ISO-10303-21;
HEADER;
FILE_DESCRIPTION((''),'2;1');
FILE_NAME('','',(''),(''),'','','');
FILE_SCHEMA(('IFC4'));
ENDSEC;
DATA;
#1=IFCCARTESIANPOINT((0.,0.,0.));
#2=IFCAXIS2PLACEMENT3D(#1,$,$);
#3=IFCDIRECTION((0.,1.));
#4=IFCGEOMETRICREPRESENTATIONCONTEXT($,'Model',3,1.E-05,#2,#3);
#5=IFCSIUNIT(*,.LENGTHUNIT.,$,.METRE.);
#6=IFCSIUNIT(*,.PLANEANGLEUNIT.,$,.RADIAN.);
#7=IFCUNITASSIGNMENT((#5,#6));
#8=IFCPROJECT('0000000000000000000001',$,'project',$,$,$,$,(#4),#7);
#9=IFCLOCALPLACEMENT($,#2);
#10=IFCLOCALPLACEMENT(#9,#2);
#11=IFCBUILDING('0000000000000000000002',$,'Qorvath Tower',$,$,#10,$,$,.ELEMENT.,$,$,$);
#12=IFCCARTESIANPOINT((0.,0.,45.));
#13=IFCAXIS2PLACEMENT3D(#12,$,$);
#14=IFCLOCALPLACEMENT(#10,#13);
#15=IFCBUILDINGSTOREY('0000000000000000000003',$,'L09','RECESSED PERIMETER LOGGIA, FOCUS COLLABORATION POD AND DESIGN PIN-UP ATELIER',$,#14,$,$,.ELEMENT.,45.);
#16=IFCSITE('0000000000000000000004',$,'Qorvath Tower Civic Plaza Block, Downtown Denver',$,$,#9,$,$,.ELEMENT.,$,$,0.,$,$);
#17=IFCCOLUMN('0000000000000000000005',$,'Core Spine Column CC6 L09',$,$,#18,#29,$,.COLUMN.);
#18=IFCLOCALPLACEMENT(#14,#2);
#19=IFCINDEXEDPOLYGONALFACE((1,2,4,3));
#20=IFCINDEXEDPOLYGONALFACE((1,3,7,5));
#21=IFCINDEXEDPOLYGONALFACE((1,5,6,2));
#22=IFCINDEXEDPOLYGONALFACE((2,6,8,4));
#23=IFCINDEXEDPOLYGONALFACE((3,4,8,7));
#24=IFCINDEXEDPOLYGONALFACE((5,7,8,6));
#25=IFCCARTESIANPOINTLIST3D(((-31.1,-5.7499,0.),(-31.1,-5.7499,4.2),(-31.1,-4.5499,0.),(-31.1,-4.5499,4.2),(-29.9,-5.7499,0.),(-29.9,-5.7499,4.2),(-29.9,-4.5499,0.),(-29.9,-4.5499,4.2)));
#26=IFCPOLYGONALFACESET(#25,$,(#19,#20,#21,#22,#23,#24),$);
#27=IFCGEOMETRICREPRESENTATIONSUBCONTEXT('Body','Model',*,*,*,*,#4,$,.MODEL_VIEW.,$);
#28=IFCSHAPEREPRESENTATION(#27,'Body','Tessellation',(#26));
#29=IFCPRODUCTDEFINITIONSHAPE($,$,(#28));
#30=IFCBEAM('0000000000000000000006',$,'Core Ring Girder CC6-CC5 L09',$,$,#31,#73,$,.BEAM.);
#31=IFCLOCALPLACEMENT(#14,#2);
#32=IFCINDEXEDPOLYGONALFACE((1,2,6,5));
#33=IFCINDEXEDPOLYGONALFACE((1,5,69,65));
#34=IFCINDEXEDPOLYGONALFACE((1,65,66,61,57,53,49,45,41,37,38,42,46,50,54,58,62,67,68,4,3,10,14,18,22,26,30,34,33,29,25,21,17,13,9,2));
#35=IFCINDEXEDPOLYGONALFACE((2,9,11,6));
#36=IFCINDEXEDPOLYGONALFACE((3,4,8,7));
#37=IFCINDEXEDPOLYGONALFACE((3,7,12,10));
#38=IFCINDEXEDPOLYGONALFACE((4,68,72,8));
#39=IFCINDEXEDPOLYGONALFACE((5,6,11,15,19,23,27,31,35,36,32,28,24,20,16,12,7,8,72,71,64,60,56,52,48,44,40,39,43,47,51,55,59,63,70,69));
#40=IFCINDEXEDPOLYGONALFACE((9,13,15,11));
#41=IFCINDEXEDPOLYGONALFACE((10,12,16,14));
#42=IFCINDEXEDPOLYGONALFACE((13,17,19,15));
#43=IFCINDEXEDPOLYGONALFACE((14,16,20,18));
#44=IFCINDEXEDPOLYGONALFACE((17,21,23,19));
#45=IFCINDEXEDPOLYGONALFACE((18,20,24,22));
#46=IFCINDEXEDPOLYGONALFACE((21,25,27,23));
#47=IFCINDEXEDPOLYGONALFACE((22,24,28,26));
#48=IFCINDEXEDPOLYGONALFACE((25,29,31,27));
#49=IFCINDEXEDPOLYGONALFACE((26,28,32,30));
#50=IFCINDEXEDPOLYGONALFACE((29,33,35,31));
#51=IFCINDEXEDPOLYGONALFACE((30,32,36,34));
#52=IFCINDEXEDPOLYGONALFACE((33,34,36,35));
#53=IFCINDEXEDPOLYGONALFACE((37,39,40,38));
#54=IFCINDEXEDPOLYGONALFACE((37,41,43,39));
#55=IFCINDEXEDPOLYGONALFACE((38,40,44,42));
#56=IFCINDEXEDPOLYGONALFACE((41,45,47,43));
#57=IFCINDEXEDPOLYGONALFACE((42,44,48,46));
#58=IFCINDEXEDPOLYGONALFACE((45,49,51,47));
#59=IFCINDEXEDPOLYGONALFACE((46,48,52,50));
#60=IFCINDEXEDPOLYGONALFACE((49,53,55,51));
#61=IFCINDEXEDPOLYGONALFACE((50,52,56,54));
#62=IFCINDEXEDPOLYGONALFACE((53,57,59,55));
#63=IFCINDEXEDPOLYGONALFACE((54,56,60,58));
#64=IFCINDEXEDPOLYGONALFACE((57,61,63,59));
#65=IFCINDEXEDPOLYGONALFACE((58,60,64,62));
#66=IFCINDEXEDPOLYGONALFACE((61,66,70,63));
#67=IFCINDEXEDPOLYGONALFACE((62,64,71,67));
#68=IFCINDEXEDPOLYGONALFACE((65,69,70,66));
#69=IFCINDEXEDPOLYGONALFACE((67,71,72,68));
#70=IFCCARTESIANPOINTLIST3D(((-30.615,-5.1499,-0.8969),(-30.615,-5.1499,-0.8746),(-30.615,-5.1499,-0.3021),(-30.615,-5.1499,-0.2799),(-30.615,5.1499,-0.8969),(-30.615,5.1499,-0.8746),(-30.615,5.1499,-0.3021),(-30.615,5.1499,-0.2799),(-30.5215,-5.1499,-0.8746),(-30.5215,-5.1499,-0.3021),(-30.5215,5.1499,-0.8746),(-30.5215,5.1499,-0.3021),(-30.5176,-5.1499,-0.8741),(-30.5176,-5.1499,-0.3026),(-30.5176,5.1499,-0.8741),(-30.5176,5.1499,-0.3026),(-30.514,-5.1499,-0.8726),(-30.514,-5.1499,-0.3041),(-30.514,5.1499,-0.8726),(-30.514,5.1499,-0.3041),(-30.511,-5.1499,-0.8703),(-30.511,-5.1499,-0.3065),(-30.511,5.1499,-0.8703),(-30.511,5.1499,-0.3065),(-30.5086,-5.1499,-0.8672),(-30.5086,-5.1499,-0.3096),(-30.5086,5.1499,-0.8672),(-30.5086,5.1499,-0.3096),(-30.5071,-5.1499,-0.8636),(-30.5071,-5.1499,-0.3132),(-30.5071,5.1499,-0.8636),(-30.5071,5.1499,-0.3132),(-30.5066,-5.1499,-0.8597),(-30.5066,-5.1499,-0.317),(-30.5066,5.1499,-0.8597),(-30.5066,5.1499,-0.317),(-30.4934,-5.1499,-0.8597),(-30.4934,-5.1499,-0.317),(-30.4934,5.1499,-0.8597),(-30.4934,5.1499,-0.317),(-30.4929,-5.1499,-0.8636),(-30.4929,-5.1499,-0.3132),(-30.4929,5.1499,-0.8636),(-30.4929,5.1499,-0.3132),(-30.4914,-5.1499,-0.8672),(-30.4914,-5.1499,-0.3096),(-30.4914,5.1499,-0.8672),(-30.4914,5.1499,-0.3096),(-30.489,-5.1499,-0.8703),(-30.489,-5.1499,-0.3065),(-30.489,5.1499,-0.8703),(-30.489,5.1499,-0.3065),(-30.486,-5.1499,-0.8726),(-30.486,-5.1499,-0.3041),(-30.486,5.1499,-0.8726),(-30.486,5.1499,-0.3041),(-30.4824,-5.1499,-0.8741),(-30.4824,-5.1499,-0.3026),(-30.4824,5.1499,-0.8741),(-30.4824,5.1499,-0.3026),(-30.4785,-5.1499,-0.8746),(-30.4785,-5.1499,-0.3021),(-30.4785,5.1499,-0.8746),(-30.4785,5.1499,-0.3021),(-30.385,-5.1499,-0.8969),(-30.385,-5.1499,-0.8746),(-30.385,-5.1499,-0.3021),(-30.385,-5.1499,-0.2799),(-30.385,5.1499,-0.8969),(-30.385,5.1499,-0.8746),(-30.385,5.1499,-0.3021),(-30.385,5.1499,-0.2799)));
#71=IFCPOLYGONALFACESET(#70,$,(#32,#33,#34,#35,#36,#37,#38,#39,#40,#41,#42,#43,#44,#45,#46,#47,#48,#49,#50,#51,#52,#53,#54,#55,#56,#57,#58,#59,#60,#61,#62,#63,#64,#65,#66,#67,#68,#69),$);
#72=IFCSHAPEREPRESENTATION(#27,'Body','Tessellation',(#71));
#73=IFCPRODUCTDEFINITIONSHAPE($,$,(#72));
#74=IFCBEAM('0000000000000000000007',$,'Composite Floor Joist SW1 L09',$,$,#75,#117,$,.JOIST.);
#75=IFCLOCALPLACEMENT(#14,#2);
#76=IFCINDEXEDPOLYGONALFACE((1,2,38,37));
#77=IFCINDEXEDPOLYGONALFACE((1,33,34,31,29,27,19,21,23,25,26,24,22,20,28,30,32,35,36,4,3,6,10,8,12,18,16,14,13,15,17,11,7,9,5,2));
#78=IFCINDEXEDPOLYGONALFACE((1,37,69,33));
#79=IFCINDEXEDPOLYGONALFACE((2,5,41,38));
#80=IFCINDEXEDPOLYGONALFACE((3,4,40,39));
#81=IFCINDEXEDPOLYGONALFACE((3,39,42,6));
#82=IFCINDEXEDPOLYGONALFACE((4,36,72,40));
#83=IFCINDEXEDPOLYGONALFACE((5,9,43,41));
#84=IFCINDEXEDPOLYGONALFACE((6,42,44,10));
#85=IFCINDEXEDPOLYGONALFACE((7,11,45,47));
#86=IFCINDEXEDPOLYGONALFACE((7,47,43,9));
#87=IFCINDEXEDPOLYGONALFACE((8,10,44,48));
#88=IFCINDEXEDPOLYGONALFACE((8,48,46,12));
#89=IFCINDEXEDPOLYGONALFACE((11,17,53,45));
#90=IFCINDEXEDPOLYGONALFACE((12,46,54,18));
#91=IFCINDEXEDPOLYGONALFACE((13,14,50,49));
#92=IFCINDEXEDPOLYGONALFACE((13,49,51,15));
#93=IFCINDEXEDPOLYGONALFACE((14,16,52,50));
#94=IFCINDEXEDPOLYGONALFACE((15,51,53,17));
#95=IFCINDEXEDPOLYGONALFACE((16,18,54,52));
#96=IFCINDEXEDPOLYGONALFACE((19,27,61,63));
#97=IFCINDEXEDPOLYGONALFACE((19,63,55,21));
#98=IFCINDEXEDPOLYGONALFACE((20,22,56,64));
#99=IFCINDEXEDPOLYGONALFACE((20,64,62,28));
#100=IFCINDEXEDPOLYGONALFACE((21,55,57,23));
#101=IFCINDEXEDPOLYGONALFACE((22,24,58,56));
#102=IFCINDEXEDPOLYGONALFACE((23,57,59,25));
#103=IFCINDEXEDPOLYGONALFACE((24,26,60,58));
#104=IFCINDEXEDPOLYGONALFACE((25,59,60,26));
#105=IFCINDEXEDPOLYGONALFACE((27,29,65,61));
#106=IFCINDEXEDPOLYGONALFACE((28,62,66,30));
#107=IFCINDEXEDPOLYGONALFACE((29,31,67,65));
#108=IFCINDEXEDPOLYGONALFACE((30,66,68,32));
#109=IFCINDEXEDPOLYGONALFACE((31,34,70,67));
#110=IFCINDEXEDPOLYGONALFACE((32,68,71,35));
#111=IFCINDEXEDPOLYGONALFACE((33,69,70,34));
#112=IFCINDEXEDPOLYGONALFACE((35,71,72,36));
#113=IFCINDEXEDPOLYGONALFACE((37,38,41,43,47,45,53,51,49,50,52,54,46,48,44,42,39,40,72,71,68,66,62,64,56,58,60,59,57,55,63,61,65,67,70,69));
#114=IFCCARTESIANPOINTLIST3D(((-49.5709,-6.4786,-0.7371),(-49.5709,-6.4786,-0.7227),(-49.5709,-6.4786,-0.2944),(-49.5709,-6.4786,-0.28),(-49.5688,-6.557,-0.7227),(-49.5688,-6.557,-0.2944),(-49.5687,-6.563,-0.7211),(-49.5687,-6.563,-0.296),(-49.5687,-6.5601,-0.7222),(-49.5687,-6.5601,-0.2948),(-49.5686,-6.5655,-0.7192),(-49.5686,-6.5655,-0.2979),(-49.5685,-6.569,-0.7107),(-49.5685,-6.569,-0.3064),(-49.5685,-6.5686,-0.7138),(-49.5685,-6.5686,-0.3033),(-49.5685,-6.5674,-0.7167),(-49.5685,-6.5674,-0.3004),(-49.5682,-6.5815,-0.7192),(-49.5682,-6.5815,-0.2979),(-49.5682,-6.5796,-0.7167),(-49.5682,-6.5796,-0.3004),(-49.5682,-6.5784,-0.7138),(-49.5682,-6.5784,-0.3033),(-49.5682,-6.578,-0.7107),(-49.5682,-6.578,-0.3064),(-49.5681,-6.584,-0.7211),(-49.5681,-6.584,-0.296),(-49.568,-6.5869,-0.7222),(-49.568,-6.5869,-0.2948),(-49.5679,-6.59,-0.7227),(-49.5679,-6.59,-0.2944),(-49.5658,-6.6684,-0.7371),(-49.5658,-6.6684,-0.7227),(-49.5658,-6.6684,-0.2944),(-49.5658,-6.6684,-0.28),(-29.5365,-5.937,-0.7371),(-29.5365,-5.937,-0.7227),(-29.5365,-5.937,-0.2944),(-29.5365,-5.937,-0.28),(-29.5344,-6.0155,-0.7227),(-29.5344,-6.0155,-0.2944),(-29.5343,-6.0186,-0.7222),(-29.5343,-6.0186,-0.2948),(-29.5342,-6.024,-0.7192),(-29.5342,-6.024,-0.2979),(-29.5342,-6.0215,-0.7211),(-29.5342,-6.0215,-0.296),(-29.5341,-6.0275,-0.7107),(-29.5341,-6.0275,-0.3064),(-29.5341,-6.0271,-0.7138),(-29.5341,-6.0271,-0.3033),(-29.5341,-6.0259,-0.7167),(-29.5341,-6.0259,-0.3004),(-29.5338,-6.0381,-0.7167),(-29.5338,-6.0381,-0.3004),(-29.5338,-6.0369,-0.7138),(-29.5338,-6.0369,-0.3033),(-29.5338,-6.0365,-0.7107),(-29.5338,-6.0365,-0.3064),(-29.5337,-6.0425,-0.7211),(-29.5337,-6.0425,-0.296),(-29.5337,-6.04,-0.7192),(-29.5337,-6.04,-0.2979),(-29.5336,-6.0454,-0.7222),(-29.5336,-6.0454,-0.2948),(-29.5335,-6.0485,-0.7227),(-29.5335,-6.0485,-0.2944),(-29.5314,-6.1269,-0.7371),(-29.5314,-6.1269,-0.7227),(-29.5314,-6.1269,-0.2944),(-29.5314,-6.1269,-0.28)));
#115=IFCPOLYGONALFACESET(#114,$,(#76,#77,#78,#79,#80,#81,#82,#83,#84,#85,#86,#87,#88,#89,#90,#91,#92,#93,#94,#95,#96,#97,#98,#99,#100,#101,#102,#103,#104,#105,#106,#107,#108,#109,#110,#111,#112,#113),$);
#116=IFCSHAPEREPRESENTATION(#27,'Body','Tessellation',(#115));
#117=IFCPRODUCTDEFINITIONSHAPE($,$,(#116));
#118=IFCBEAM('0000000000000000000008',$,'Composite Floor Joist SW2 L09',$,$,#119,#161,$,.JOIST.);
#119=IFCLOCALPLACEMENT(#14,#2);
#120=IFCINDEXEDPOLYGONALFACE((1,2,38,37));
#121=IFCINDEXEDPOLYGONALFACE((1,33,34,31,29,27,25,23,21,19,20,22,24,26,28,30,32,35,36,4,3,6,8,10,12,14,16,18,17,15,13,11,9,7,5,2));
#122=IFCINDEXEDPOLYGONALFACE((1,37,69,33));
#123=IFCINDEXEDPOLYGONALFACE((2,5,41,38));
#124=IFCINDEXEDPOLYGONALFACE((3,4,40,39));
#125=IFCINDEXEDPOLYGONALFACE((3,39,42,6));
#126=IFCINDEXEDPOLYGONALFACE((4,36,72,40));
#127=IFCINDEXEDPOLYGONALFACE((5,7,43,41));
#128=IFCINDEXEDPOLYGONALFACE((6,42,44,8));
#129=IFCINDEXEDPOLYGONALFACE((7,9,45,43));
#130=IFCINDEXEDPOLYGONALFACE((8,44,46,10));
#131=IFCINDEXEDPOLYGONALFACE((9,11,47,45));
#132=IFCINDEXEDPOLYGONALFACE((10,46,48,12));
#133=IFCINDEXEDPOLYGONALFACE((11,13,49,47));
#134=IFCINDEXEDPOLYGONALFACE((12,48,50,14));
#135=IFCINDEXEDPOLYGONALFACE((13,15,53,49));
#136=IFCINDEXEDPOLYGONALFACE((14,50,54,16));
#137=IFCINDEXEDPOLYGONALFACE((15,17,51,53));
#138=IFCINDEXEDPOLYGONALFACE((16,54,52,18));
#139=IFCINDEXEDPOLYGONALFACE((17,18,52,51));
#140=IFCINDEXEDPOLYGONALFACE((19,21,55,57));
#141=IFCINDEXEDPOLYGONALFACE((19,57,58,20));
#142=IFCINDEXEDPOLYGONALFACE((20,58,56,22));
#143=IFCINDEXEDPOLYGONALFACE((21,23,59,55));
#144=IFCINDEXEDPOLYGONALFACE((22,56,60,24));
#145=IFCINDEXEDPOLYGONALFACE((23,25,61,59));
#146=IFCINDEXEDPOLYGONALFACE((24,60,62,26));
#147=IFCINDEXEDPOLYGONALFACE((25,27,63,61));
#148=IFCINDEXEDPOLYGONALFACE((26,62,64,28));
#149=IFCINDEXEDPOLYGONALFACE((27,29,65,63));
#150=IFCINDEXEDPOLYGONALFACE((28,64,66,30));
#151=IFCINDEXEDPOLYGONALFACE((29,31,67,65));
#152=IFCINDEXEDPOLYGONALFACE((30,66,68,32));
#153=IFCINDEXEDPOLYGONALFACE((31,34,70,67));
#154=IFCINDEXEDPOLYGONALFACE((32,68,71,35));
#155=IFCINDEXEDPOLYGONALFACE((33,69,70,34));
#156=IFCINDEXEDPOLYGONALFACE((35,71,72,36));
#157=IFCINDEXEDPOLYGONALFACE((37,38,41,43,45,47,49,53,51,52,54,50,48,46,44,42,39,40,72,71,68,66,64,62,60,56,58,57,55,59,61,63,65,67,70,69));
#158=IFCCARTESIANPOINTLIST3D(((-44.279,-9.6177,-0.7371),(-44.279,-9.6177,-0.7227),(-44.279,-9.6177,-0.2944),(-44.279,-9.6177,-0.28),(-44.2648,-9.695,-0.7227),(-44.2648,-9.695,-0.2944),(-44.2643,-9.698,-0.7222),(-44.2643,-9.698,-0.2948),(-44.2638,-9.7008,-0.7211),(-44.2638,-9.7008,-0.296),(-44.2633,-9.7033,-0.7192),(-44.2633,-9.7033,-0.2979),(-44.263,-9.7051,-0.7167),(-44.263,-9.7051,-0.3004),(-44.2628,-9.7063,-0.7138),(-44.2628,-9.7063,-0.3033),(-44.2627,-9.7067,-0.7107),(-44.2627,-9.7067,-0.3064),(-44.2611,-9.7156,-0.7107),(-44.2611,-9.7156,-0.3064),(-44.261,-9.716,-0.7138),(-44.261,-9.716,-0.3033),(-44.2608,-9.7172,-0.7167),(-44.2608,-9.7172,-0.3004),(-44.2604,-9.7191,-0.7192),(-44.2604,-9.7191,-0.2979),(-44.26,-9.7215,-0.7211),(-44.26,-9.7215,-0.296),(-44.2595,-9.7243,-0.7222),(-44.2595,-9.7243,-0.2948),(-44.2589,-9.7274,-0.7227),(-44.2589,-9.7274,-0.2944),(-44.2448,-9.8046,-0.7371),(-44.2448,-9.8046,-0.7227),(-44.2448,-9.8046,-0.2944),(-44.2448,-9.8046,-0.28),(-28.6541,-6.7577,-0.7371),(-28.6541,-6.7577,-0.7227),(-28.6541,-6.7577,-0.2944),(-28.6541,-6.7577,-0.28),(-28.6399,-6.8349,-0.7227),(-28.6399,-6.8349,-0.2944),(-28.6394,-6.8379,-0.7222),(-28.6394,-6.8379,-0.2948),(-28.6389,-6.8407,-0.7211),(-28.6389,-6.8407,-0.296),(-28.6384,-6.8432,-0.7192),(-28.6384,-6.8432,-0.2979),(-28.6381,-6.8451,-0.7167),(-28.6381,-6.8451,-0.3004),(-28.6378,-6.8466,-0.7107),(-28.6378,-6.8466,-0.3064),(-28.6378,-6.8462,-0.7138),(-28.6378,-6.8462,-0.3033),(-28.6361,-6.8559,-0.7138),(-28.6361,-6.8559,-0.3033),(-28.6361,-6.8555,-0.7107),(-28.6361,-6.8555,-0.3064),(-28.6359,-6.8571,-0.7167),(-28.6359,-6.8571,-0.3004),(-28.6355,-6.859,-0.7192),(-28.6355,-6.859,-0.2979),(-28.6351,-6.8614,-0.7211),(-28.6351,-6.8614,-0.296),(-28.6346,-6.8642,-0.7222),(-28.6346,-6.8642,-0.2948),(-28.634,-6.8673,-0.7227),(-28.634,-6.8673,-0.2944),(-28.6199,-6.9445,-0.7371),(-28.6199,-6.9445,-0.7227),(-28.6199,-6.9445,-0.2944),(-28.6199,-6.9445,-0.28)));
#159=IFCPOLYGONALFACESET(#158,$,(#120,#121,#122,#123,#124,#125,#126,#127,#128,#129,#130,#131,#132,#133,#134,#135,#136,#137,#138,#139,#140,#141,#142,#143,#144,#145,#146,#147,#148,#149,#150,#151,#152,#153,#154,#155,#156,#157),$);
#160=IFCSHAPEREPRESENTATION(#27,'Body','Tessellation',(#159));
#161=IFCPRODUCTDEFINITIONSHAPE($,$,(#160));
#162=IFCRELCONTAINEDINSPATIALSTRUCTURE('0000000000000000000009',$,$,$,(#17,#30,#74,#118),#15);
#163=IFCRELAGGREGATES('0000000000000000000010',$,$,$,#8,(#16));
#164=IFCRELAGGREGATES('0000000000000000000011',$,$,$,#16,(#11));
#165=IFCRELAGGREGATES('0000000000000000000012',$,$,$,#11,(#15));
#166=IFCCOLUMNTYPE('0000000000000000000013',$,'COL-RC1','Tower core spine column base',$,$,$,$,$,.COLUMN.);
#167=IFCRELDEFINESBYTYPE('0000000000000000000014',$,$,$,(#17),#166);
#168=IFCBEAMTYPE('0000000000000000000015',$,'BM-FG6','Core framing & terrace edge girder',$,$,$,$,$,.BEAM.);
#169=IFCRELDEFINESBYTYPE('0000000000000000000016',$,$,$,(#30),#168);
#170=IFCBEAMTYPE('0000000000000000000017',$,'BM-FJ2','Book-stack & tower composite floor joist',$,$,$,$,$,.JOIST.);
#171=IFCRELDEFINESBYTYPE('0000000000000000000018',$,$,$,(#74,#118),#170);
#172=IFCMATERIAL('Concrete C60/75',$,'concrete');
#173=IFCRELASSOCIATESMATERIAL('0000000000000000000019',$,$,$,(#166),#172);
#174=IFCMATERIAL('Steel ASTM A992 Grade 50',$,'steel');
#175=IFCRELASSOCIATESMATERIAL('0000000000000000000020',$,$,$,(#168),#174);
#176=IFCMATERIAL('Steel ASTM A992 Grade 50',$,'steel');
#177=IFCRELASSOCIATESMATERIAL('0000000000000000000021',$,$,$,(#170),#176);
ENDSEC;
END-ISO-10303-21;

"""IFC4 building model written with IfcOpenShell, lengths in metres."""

from ifc_helpers import new_model, si_unit, direction, frame, origin, origin_2d, place, context, subcontext, project, spatial, rectangle, i_section, extrude, material, material_profile, profile_set, type_object, element, save


model = new_model("IFC4")

# Units and contexts
model_context = context("Model", 3, precision=1e-05, world=origin(), true_north=direction((0.0, 1.0)))
body_context = subcontext(model_context, "Body", "Model", "MODEL_VIEW")
ifc_project = project(units=[si_unit("LENGTHUNIT", "METRE"), si_unit("PLANEANGLEUNIT", "RADIAN")], contexts=[model_context])

# Site, building, storey
site_placement = place(None, origin())
site = spatial("IfcSite", under=ifc_project, at=site_placement, Name="Qorvath Tower Civic Plaza Block, Downtown Denver", CompositionType="ELEMENT", RefElevation=0.0)
building_placement = place(site_placement, origin())
building = spatial("IfcBuilding", under=site, at=building_placement, Name="Qorvath Tower", CompositionType="ELEMENT")
storey_placement = place(building_placement, frame((0.0, 0.0, 45.0)))
storey = spatial("IfcBuildingStorey", under=building, at=storey_placement, Name="L09", Description="RECESSED PERIMETER LOGGIA, FOCUS COLLABORATION POD AND DESIGN PIN-UP ATELIER", CompositionType="ELEMENT", Elevation=45.0)

# Column
ifc_material_1 = material(Name="Concrete C60/75", Category="concrete")
ifc_material_profile_1 = material_profile(ifc_material_1, rectangle(XDim=1.2, YDim=1.2, at=origin_2d()), Name="RC 1200x1200")
ifc_profile_set_1 = profile_set([ifc_material_profile_1], Name="Concrete C60/75")
column_type = type_object("IfcColumnType", Name="COL-RC1", Description="Tower core spine column base", PredefinedType="COLUMN", material=ifc_profile_set_1)
column_placement = place(storey_placement, frame((-30.5, -5.1499, 0.0), z_axis=(0.0, 0.0, 1.0), x_axis=(1.0, 0.0, 0.0)))
element("IfcColumn", 1, at=column_placement, inside=storey, type_object=column_type, Name="Core Spine Column CC6 L09", PredefinedType="COLUMN", context=body_context, shape_type="SweptSolid", body=[
    extrude(rectangle(XDim=1.2, YDim=1.2, at=origin_2d()), origin(), (0.0, 0.0, 1.0), 4.2),
])

# Beams
ifc_material_2 = material(Name="Steel ASTM A992 Grade 50", Category="steel")
ifc_material_profile_2 = material_profile(ifc_material_2, i_section(OverallWidth=0.23, OverallDepth=0.6169, WebThickness=0.0132, FlangeThickness=0.0222, FilletRadius=0.0149, at=origin_2d()), Name="W24x94")
ifc_profile_set_2 = profile_set([ifc_material_profile_2], Name="Steel ASTM A992 Grade 50")
beam_type_1 = type_object("IfcBeamType", Name="BM-FG6", Description="Core framing & terrace edge girder", PredefinedType="BEAM", material=ifc_profile_set_2)
beam_1_placement = place(storey_placement, frame((-30.5, -5.1499, -0.5884), z_axis=(0.0, 1.0, 0.0), x_axis=(-1.0, 0.0, 0.0)))
element("IfcBeam", 2, at=beam_1_placement, inside=storey, type_object=beam_type_1, Name="Core Ring Girder CC6-CC5 L09", PredefinedType="BEAM", context=body_context, shape_type="SweptSolid", body=[
    extrude(i_section(OverallWidth=0.23, OverallDepth=0.6169, WebThickness=0.0132, FlangeThickness=0.0222, FilletRadius=0.0149, at=origin_2d()), origin(), (0.0, 0.0, 1.0), 10.2998),
])
ifc_material_3 = material(Name="Steel ASTM A992 Grade 50", Category="steel")
ifc_material_profile_3 = material_profile(ifc_material_3, i_section(OverallWidth=0.1899, OverallDepth=0.457, WebThickness=0.009, FlangeThickness=0.0144, FilletRadius=0.012, at=origin_2d()), Name="W18x50")
ifc_profile_set_3 = profile_set([ifc_material_profile_3], Name="Steel ASTM A992 Grade 50")
beam_type_2 = type_object("IfcBeamType", Name="BM-FJ2", Description="Book-stack & tower composite floor joist", PredefinedType="JOIST", material=ifc_profile_set_3)
beam_2_placement = place(storey_placement, frame((-29.5339, -6.032, -0.5085), z_axis=(-0.999635, -0.027019, 0.0), x_axis=(0.027019, -0.999635, 0.0)))
element("IfcBeam", 3, at=beam_2_placement, inside=storey, type_object=beam_type_2, Name="Composite Floor Joist SW1 L09", PredefinedType="JOIST", context=body_context, shape_type="SweptSolid", body=[
    extrude(i_section(OverallWidth=0.1899, OverallDepth=0.457, WebThickness=0.009, FlangeThickness=0.0144, FilletRadius=0.012, at=origin_2d()), origin(), (0.0, 0.0, 1.0), 20.0417),
])
beam_3_placement = place(storey_placement, frame((-28.637, -6.8511, -0.5085), z_axis=(-0.983656, -0.180055, 0.0), x_axis=(0.180055, -0.983656, 0.0)))
element("IfcBeam", 4, at=beam_3_placement, inside=storey, type_object=beam_type_2, Name="Composite Floor Joist SW2 L09", PredefinedType="JOIST", context=body_context, shape_type="SweptSolid", body=[
    extrude(i_section(OverallWidth=0.1899, OverallDepth=0.457, WebThickness=0.009, FlangeThickness=0.0144, FilletRadius=0.012, at=origin_2d()), origin(), (0.0, 0.0, 1.0), 15.8845),
])

save(model, "model.ifc")
